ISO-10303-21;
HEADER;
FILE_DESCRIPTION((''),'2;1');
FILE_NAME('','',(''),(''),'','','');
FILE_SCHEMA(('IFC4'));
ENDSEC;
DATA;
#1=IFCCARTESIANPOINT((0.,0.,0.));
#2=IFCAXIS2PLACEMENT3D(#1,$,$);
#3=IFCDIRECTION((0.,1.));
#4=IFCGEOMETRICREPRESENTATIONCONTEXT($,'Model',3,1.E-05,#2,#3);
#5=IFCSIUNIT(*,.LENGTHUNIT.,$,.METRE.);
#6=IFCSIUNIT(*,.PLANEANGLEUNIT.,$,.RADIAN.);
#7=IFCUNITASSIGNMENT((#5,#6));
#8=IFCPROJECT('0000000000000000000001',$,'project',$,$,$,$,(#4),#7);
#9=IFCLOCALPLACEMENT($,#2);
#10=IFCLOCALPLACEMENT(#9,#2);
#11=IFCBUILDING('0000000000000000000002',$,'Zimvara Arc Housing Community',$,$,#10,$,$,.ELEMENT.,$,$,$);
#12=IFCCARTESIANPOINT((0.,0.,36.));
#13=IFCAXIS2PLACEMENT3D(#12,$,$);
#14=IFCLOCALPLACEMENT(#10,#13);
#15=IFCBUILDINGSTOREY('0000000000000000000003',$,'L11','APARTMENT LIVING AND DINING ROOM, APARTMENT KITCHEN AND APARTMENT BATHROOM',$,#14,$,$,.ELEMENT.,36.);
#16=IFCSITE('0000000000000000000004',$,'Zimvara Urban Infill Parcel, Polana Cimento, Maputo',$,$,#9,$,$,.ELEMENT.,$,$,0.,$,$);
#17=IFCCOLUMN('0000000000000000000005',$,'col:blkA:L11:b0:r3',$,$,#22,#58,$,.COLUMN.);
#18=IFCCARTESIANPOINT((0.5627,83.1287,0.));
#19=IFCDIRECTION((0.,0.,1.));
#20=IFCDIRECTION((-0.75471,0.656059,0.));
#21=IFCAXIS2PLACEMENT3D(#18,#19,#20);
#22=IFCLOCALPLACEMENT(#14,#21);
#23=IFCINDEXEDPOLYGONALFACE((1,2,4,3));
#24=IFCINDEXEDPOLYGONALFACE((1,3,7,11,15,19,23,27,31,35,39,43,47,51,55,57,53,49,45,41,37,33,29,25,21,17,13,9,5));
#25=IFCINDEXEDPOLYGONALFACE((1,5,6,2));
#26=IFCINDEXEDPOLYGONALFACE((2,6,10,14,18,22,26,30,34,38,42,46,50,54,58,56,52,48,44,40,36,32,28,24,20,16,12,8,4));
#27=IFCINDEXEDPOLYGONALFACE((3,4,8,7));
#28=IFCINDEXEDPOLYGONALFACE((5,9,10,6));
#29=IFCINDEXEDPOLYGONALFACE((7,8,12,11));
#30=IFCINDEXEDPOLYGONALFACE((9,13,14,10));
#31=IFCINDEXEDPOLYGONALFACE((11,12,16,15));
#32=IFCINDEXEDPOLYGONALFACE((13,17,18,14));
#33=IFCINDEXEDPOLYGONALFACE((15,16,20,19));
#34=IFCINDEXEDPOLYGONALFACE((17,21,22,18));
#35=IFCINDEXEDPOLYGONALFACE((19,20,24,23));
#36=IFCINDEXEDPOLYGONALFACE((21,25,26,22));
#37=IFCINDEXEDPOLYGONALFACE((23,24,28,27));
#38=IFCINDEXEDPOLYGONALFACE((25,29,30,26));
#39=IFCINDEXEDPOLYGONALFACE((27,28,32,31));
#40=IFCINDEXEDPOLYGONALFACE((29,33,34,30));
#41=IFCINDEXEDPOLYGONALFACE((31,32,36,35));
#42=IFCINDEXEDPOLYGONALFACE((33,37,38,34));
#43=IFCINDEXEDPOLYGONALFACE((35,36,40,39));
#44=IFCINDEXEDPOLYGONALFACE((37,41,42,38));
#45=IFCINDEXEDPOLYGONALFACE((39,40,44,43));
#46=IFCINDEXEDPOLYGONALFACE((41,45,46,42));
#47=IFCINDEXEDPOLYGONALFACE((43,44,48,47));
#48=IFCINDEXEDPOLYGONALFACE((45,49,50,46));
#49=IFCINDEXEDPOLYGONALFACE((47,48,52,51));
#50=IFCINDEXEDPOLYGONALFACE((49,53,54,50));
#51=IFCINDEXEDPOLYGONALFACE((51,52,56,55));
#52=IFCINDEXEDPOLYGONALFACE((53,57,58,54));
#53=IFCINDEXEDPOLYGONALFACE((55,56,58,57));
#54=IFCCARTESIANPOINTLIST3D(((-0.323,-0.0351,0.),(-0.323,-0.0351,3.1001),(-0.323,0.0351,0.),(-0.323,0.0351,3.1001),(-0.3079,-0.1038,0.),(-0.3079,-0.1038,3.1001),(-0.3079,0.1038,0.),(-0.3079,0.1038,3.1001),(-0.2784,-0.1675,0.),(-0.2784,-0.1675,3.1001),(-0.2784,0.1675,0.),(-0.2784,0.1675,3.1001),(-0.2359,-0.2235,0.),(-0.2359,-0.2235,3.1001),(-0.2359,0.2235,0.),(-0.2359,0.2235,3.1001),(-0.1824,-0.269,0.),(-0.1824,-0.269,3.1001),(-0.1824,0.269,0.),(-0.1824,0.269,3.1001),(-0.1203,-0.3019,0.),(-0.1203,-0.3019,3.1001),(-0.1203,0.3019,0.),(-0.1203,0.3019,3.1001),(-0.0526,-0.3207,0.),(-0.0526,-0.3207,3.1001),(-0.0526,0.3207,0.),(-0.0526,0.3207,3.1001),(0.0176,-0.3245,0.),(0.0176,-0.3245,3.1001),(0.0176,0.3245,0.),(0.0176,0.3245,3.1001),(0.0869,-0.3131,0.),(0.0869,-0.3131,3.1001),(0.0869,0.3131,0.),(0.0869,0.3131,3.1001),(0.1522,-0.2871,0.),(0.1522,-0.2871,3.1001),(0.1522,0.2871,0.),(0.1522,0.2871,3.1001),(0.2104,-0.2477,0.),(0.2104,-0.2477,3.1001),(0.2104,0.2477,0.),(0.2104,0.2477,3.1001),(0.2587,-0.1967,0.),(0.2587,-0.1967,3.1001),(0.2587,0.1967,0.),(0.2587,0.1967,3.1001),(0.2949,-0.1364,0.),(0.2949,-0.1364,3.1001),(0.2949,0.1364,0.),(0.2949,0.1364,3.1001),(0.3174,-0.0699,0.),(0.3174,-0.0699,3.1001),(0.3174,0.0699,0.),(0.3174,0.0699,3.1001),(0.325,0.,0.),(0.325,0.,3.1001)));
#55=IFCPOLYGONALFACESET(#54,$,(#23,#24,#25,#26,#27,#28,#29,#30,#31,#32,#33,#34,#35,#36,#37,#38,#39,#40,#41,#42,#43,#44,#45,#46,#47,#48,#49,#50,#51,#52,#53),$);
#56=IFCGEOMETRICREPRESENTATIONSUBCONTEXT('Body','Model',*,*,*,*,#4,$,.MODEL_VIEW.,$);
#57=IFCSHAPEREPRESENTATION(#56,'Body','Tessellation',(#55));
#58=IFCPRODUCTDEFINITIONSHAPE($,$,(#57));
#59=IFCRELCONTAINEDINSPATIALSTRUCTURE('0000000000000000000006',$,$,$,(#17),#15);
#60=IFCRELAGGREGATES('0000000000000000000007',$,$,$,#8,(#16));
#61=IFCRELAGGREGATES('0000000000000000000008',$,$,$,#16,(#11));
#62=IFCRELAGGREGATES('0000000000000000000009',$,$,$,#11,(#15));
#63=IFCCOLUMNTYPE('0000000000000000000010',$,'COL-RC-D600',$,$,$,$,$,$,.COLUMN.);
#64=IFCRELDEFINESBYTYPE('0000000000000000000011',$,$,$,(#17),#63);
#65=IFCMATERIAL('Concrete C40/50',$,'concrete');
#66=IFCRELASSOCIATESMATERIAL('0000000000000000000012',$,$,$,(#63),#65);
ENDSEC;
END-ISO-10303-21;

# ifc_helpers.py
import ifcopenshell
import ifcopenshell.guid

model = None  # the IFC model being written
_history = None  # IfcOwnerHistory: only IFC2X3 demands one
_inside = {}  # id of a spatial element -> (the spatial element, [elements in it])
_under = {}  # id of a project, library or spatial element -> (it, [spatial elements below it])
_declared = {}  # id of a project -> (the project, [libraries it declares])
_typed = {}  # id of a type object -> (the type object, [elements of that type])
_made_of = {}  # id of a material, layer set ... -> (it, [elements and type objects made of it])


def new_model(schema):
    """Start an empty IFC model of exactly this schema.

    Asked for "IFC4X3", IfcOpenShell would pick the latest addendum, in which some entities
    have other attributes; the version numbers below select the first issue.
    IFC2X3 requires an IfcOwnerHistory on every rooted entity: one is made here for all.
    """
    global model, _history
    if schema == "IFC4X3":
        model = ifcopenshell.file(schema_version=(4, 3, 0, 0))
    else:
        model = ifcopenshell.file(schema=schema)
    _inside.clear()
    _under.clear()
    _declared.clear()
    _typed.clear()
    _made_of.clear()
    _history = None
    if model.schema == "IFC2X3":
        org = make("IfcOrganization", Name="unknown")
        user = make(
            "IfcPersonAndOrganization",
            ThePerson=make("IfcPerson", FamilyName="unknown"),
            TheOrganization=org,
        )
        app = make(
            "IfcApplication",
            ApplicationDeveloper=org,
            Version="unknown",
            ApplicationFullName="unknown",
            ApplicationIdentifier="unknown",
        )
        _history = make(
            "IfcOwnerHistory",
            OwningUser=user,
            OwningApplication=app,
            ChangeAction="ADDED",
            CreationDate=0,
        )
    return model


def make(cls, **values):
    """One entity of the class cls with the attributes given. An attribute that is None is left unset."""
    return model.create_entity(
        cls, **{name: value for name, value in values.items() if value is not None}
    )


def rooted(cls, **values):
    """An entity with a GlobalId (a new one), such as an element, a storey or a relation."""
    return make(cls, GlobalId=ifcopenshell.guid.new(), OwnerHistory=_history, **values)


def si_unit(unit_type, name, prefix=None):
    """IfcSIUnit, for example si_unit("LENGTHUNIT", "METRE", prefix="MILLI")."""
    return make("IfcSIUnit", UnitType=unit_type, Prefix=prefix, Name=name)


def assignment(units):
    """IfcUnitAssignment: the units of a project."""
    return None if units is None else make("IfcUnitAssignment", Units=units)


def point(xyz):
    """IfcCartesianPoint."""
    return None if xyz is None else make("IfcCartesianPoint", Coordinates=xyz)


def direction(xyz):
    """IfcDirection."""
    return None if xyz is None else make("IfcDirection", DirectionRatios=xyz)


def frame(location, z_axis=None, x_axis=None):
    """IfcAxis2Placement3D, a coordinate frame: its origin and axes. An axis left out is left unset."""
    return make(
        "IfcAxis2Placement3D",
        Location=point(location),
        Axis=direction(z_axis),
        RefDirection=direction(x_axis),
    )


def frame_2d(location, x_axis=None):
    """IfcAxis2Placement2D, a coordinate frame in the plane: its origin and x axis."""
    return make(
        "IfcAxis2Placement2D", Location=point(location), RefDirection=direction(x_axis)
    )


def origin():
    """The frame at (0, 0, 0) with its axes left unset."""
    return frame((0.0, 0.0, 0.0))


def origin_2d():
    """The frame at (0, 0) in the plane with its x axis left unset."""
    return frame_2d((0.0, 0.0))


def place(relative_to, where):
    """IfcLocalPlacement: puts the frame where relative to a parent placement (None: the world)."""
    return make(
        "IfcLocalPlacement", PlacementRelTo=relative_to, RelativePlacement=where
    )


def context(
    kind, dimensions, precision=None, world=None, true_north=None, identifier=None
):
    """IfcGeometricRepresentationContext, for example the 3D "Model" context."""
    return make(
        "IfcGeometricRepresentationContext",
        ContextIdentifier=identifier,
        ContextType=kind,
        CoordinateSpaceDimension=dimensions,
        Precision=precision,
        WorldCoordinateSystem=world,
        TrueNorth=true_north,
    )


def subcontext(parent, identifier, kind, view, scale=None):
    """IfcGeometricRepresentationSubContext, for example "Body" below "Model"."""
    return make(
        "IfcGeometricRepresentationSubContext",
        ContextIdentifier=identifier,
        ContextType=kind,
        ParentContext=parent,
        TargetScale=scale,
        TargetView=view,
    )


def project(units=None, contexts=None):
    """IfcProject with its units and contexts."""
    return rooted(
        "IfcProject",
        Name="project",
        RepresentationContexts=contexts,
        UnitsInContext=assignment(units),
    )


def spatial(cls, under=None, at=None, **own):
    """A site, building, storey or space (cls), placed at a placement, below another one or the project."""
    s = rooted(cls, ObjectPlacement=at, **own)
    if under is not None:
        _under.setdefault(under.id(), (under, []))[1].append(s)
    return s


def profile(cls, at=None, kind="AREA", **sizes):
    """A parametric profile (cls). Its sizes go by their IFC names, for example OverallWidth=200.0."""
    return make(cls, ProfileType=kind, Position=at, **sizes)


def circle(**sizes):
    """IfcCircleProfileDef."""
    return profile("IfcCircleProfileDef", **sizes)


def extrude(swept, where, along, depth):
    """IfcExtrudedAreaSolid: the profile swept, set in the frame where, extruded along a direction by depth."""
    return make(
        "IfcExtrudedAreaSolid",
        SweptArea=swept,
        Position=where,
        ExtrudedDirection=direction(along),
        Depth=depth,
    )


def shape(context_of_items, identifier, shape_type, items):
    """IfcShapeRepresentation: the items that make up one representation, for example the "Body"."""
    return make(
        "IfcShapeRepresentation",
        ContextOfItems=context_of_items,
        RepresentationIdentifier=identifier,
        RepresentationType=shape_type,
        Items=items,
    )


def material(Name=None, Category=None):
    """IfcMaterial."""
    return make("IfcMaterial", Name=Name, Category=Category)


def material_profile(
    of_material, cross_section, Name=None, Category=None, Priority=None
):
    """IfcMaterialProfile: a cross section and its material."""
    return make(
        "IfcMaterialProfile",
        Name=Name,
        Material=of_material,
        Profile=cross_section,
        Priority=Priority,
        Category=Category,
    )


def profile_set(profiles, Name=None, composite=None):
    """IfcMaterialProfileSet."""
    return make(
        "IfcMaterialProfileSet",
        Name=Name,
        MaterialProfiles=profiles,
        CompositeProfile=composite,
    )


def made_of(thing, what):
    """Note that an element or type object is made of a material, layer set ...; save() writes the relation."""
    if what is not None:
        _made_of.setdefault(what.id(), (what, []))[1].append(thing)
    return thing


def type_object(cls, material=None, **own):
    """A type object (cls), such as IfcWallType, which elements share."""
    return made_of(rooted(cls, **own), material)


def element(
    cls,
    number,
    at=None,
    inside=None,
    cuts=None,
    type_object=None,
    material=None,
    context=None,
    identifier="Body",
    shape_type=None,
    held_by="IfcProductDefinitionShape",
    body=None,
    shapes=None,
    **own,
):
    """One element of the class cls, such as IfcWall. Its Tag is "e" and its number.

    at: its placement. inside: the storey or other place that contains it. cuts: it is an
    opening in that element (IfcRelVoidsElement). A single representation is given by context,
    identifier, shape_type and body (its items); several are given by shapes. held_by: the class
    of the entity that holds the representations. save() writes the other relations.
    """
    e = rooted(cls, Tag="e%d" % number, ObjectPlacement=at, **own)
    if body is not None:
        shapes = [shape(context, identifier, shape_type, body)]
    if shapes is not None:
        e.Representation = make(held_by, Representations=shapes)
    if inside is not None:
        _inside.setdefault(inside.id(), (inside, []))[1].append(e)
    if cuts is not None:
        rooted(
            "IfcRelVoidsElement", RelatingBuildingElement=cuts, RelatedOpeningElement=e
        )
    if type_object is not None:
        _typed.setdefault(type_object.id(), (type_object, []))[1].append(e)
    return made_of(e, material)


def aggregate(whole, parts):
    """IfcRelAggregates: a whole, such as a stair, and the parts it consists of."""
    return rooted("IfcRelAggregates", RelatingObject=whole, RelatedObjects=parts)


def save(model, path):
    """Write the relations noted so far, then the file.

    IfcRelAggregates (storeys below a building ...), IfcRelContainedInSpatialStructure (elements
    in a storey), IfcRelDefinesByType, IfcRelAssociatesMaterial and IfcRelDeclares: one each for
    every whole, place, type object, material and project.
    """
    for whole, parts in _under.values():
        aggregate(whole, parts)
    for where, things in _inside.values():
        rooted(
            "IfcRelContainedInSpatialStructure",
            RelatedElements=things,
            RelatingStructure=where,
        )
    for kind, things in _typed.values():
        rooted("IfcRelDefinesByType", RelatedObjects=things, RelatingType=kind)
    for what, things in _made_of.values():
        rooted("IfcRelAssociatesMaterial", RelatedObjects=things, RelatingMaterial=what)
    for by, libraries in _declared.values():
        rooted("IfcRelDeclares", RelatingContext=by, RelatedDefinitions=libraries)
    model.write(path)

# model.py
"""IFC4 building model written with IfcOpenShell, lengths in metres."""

from ifc_helpers import new_model, si_unit, direction, frame, origin, origin_2d, place, context, subcontext, project, spatial, circle, extrude, material, material_profile, profile_set, type_object, element, save


model = new_model("IFC4")

# Units and contexts
model_context = context("Model", 3, precision=1e-05, world=origin(), true_north=direction((0.0, 1.0)))
body_context = subcontext(model_context, "Body", "Model", "MODEL_VIEW")
ifc_project = project(units=[si_unit("LENGTHUNIT", "METRE"), si_unit("PLANEANGLEUNIT", "RADIAN")], contexts=[model_context])

# Site, building, storey
site_placement = place(None, origin())
site = spatial("IfcSite", under=ifc_project, at=site_placement, Name="Zimvara Urban Infill Parcel, Polana Cimento, Maputo", CompositionType="ELEMENT", RefElevation=0.0)
building_placement = place(site_placement, origin())
building = spatial("IfcBuilding", under=site, at=building_placement, Name="Zimvara Arc Housing Community", CompositionType="ELEMENT")
storey_placement = place(building_placement, frame((0.0, 0.0, 36.0)))
storey = spatial("IfcBuildingStorey", under=building, at=storey_placement, Name="L11", Description="APARTMENT LIVING AND DINING ROOM, APARTMENT KITCHEN AND APARTMENT BATHROOM", CompositionType="ELEMENT", Elevation=36.0)

# Column
ifc_material_1 = material(Name="Concrete C40/50", Category="concrete")
ifc_material_profile_1 = material_profile(ifc_material_1, circle(Radius=0.325, at=origin_2d()), Name="RC D650")
ifc_profile_set_1 = profile_set([ifc_material_profile_1], Name="Concrete C40/50")
column_type_1 = type_object("IfcColumnType", Name="COL-RC-D600", PredefinedType="COLUMN", material=ifc_profile_set_1)
column_placement = place(storey_placement, frame((0.5627, 83.1287, 0.0), z_axis=(0.0, 0.0, 1.0), x_axis=(-0.75471, 0.656059, 0.0)))
element("IfcColumn", 1, at=column_placement, inside=storey, type_object=column_type_1, Name="col:blkA:L11:b0:r3", PredefinedType="COLUMN", context=body_context, shape_type="SweptSolid", body=[
    extrude(circle(Radius=0.325, at=origin_2d()), origin(), (0.0, 0.0, 1.0), 3.1001),
])

save(model, "model.ifc")
